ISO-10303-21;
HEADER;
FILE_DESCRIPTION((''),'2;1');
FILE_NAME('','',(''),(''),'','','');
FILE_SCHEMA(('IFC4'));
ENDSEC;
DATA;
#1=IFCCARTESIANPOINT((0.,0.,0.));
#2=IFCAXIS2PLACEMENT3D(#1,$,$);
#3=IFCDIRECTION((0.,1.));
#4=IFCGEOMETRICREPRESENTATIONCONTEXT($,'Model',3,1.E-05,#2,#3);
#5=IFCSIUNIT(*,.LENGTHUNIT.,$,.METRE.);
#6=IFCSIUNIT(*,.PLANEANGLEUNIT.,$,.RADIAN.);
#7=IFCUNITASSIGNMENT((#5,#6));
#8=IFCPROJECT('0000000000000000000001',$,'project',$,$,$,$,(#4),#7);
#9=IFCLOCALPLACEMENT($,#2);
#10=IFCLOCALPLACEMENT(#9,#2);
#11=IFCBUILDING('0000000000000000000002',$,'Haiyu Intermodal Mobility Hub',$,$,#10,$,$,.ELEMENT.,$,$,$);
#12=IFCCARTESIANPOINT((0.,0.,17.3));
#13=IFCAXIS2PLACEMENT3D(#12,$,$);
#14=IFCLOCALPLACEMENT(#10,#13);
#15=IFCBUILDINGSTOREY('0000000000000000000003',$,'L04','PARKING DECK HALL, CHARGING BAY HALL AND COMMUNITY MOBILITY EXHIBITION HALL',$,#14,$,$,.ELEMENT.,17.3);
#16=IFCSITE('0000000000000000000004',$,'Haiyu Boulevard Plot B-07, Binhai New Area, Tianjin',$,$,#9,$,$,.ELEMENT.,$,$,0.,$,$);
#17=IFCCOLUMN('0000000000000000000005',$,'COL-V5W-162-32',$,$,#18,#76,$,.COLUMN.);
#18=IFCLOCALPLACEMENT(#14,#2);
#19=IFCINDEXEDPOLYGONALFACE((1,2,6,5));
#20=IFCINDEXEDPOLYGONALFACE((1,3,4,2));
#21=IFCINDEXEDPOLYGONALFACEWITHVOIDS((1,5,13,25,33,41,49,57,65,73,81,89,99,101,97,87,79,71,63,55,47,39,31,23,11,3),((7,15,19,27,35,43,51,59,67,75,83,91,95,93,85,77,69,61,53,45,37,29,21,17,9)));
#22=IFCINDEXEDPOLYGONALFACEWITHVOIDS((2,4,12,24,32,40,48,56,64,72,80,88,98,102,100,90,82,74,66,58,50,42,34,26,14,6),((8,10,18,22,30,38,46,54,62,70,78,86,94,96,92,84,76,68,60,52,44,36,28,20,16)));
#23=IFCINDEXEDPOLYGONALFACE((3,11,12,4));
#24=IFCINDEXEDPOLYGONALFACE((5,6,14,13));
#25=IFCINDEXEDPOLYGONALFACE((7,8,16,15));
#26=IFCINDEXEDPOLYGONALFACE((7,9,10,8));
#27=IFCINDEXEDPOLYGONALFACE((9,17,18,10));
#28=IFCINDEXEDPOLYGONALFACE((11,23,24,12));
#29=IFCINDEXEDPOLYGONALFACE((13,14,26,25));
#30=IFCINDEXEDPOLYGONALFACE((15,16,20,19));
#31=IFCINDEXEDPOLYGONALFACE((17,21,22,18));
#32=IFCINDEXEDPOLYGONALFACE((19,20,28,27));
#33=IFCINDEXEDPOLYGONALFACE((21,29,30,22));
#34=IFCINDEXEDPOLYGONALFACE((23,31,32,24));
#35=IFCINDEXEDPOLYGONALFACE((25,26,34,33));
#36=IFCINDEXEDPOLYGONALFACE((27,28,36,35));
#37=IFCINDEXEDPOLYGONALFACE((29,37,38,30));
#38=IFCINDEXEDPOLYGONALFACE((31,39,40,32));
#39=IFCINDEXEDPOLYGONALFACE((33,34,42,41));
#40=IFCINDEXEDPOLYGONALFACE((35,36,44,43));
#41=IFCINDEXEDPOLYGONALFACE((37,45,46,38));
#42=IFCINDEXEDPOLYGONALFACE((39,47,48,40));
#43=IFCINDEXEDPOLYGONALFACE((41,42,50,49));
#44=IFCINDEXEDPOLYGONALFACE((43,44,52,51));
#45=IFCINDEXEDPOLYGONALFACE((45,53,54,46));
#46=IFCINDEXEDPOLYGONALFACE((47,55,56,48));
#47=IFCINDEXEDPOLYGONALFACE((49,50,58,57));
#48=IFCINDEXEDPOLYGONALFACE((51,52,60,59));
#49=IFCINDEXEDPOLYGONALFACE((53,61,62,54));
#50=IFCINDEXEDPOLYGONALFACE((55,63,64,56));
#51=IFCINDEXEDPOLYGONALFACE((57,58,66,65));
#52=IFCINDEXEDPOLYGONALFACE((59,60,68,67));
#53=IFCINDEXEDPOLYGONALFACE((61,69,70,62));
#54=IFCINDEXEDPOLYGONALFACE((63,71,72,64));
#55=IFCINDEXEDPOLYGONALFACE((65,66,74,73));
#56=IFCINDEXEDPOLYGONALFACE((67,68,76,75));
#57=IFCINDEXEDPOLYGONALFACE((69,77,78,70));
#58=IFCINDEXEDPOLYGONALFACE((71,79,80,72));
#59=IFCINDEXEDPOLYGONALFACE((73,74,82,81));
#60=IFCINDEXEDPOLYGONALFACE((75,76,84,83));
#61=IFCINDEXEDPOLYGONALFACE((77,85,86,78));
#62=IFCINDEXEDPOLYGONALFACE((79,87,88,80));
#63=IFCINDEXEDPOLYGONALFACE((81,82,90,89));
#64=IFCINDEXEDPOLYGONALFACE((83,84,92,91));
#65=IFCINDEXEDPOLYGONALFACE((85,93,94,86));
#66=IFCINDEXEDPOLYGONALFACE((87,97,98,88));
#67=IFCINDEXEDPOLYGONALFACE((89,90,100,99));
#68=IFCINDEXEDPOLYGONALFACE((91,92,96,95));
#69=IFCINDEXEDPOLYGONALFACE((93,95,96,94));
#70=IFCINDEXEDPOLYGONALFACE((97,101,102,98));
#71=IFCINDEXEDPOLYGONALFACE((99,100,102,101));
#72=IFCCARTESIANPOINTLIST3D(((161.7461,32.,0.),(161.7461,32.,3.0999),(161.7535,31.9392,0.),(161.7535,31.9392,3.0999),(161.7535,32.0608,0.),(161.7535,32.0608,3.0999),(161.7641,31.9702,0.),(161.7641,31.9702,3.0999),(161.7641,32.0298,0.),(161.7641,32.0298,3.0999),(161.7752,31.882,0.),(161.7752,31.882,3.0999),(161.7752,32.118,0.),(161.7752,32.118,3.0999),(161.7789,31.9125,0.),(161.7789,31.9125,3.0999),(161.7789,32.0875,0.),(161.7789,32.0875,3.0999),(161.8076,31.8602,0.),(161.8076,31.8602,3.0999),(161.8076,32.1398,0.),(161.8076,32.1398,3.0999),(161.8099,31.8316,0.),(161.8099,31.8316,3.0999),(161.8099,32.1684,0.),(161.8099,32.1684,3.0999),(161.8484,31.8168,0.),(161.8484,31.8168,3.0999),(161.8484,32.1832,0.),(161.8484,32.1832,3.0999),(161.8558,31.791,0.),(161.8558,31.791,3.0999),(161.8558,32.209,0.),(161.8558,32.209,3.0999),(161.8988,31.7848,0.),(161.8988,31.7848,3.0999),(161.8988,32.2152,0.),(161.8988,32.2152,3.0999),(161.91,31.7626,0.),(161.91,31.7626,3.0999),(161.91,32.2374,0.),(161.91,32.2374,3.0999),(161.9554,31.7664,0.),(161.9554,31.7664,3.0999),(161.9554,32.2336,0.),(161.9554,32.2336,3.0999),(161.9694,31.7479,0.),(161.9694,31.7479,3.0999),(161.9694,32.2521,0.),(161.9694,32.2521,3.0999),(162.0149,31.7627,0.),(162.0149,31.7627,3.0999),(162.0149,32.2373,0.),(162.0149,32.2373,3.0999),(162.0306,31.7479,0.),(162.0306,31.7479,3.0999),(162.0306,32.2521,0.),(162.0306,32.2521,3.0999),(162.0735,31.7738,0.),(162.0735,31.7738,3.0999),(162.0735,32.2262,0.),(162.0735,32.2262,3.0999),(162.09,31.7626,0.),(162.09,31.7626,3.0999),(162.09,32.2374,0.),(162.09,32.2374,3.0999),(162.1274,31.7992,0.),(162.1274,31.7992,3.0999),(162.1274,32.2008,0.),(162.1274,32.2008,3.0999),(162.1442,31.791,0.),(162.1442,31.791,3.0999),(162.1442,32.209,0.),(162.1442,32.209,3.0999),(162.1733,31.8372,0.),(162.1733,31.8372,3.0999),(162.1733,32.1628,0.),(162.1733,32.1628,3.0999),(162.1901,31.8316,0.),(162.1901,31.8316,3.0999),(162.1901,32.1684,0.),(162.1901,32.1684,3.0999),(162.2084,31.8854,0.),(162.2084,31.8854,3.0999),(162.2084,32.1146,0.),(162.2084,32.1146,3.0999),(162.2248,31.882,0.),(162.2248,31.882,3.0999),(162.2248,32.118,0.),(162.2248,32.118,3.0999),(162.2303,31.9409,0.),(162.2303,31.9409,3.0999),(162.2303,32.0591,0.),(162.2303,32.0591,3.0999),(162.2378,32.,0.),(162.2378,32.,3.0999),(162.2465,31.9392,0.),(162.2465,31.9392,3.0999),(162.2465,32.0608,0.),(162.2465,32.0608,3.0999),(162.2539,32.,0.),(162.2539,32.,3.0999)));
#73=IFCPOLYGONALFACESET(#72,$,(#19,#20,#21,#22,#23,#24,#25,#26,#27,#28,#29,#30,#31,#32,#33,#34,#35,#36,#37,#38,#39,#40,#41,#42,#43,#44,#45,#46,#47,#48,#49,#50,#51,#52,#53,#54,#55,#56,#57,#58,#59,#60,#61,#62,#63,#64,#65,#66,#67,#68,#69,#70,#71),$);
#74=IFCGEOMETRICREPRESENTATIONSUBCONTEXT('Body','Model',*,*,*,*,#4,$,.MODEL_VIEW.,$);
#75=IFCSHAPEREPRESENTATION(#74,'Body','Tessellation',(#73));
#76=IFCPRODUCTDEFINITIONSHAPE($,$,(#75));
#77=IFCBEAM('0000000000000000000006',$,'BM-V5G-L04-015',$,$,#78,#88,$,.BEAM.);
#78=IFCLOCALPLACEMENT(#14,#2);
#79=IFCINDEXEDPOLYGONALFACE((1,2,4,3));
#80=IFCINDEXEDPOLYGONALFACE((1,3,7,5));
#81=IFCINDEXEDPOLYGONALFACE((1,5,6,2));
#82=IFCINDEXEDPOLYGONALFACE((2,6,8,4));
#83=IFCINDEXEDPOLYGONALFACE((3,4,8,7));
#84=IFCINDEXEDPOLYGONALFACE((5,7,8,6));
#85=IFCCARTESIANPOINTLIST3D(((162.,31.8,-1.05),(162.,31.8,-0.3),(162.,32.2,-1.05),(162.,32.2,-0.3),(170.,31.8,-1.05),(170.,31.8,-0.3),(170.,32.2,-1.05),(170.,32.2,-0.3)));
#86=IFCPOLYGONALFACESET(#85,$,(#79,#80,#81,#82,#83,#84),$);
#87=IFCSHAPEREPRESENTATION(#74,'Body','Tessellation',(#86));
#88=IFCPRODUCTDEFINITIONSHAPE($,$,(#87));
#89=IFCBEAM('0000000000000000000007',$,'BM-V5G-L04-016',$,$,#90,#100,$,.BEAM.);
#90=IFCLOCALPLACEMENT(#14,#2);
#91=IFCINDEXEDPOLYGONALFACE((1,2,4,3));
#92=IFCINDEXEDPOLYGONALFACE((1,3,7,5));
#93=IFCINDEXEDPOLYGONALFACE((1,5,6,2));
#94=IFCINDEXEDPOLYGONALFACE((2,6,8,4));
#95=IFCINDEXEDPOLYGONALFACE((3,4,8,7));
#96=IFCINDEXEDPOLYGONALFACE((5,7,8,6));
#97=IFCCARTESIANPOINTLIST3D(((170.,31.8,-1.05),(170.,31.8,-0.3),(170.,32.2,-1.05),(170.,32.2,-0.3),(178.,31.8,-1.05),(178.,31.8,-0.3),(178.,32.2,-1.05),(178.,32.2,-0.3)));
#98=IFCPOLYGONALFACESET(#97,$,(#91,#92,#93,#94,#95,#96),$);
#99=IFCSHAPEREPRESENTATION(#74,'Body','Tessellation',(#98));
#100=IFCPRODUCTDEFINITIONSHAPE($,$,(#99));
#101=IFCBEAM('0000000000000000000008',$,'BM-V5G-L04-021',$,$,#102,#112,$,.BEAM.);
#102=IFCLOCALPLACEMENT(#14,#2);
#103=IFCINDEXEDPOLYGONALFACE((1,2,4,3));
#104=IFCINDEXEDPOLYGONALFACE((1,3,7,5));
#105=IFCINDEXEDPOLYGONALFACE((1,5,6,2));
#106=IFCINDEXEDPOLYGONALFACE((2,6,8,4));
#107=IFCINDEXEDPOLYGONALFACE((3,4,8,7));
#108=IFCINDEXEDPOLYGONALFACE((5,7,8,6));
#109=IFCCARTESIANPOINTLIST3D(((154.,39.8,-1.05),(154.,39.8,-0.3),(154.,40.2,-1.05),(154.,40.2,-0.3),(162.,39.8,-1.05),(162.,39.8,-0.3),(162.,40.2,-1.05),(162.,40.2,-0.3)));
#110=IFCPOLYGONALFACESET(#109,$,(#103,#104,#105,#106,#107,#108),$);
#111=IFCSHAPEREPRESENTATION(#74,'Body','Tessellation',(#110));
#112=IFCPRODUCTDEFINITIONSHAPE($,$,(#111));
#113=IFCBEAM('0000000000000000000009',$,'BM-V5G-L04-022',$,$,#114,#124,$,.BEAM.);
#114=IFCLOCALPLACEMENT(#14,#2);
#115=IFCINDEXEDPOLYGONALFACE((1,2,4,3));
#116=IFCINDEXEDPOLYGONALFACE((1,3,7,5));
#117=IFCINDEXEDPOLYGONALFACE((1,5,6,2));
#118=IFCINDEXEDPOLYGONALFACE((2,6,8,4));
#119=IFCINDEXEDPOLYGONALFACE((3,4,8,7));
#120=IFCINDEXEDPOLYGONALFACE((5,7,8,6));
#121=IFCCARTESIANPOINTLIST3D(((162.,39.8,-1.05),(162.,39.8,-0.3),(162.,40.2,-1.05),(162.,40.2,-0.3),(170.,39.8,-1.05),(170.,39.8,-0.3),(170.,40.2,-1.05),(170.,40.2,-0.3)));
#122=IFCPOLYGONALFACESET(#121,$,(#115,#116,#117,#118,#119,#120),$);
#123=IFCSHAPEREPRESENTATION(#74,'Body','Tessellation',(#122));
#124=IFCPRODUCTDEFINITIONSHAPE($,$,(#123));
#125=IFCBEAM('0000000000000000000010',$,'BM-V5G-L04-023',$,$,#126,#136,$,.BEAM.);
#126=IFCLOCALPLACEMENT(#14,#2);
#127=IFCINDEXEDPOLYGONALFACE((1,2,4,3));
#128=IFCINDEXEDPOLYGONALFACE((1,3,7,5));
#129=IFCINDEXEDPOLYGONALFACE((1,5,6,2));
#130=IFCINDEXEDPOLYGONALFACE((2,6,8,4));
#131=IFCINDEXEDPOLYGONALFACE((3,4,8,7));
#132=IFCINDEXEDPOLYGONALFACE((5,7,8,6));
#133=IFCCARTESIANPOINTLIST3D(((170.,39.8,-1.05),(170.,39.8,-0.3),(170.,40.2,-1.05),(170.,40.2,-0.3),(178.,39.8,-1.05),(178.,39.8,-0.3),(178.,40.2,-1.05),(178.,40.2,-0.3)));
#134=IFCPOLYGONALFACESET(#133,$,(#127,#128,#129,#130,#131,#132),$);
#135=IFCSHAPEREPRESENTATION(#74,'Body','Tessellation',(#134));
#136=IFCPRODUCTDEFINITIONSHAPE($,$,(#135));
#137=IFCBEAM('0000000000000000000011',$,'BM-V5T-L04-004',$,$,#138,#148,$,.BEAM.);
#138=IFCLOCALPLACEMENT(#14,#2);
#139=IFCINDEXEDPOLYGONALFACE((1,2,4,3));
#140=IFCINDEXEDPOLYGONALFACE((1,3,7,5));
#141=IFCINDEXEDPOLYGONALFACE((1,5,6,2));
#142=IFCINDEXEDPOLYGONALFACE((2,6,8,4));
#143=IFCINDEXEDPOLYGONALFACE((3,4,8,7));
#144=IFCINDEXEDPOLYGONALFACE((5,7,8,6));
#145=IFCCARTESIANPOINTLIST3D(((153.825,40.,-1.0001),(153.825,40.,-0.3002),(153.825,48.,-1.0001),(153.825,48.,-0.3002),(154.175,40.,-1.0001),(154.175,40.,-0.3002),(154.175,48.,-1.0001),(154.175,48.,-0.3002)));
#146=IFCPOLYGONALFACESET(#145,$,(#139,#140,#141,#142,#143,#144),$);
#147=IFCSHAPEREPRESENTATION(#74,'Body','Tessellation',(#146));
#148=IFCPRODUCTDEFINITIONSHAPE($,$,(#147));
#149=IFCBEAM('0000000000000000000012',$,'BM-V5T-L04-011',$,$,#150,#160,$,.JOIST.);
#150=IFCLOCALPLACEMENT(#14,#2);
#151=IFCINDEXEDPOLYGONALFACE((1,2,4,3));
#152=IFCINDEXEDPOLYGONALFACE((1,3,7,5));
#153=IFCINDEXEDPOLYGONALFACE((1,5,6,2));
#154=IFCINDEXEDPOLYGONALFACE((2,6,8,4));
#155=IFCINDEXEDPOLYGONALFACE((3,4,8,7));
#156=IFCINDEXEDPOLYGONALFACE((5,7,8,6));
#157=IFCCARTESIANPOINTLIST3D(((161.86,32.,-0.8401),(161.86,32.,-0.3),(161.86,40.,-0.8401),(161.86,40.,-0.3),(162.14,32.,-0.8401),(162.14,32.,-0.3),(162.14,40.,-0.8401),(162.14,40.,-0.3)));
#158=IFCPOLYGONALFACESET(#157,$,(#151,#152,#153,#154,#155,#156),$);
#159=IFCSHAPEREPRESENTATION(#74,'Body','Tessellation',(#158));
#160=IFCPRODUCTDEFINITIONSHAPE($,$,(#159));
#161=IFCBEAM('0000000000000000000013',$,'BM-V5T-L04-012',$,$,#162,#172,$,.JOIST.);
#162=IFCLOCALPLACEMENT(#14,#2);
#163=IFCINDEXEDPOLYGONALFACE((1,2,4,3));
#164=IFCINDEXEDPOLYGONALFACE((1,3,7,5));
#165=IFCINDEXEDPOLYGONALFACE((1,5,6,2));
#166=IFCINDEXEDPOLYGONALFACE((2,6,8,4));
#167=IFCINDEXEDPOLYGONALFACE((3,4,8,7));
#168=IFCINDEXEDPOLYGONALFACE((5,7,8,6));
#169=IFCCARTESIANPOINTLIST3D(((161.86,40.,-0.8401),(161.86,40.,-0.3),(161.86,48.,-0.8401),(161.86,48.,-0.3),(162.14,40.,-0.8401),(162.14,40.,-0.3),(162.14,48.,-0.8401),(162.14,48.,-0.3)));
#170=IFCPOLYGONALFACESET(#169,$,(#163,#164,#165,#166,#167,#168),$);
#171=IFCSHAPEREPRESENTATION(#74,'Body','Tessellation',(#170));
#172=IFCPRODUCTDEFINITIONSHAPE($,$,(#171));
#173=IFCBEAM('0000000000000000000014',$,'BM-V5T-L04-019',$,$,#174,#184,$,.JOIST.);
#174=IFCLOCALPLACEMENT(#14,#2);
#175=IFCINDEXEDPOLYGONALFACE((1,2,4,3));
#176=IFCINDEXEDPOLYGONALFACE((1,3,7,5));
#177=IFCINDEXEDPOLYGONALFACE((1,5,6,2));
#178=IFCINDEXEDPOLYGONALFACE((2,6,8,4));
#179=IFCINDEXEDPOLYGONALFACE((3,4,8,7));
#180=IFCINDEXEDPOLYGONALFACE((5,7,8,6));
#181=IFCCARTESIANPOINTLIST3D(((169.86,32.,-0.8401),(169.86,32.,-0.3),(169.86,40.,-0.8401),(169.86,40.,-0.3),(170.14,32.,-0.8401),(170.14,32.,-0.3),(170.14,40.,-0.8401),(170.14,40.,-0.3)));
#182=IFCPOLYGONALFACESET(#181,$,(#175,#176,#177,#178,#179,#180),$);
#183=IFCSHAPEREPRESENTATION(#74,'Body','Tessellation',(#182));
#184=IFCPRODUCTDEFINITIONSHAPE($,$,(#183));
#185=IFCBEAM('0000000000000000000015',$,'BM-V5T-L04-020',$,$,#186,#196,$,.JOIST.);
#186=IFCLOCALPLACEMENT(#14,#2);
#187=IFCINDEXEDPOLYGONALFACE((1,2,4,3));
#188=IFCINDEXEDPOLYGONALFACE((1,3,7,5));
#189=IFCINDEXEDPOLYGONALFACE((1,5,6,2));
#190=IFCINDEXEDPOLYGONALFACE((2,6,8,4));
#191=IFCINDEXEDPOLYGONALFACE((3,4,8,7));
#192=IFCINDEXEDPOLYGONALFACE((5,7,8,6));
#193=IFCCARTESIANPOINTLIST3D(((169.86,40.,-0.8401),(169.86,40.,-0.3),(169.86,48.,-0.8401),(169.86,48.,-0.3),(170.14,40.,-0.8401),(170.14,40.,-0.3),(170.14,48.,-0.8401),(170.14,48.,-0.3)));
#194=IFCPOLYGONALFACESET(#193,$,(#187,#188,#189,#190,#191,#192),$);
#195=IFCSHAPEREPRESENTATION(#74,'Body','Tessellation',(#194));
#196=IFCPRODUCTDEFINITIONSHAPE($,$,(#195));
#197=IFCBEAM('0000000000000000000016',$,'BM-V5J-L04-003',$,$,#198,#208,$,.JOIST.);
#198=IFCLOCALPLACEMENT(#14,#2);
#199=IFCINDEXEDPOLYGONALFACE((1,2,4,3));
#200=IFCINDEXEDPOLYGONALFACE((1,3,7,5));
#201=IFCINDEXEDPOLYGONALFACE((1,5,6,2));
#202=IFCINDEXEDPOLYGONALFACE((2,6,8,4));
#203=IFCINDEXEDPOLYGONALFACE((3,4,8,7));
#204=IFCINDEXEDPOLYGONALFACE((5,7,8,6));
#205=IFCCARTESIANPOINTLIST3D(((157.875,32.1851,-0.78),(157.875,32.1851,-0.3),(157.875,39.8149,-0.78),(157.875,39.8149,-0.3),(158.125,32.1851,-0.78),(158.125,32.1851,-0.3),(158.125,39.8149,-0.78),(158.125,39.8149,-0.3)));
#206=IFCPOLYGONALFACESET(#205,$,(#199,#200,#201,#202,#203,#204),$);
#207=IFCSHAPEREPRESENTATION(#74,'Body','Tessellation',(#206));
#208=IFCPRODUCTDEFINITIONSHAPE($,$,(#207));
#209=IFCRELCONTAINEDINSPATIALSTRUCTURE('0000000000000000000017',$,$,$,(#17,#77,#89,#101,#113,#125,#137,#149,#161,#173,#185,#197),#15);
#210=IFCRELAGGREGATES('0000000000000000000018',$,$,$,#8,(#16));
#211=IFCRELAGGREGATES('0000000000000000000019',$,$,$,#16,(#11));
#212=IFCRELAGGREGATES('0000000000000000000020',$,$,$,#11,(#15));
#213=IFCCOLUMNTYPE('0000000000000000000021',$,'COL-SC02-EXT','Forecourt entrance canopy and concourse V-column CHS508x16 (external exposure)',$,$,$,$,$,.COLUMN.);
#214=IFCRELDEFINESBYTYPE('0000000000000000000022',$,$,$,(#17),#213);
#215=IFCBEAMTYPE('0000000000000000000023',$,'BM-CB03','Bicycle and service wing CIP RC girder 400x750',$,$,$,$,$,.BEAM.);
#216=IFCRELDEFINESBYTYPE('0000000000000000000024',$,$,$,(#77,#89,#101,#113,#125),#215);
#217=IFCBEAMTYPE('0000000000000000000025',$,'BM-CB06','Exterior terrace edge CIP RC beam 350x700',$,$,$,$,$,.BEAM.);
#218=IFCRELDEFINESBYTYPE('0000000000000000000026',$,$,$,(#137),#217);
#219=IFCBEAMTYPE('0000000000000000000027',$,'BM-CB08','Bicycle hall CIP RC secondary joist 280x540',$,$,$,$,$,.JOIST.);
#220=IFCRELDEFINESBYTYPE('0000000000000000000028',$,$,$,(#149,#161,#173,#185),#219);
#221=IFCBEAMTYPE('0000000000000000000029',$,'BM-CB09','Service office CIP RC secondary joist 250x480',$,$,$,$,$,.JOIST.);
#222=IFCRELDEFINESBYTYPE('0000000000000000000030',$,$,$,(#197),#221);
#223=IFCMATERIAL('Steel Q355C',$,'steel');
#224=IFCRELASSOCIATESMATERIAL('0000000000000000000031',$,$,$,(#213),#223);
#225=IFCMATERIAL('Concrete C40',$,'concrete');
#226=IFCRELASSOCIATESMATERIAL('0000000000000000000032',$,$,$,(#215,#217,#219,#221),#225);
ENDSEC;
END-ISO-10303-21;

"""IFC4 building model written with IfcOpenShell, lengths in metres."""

from ifc_helpers import new_model, si_unit, direction, frame, origin, origin_2d, place, context, subcontext, project, spatial, rectangle, hollow_circle, extrude, material, material_profile, profile_set, type_object, element, save


model = new_model("IFC4")

# Units and contexts
model_context = context("Model", 3, precision=1e-05, world=origin(), true_north=direction((0.0, 1.0)))
body_context = subcontext(model_context, "Body", "Model", "MODEL_VIEW")
ifc_project = project(units=[si_unit("LENGTHUNIT", "METRE"), si_unit("PLANEANGLEUNIT", "RADIAN")], contexts=[model_context])

# Site, building, storey
site_placement = place(None, origin())
site = spatial("IfcSite", under=ifc_project, at=site_placement, Name="Haiyu Boulevard Plot B-07, Binhai New Area, Tianjin", CompositionType="ELEMENT", RefElevation=0.0)
building_placement = place(site_placement, origin())
building = spatial("IfcBuilding", under=site, at=building_placement, Name="Haiyu Intermodal Mobility Hub", CompositionType="ELEMENT")
storey_placement = place(building_placement, frame((0.0, 0.0, 17.3)))
storey = spatial("IfcBuildingStorey", under=building, at=storey_placement, Name="L04", Description="PARKING DECK HALL, CHARGING BAY HALL AND COMMUNITY MOBILITY EXHIBITION HALL", CompositionType="ELEMENT", Elevation=17.3)

# Column
ifc_material_1 = material(Name="Steel Q355C", Category="steel")
ifc_material_profile_1 = material_profile(ifc_material_1, hollow_circle(Radius=0.2539, WallThickness=0.0161, at=origin_2d()), Name="CHS508x16")
ifc_profile_set_1 = profile_set([ifc_material_profile_1], Name="Steel Q355C")
column_type = type_object("IfcColumnType", Name="COL-SC02-EXT", Description="Forecourt entrance canopy and concourse V-column CHS508x16 (external exposure)", PredefinedType="COLUMN", material=ifc_profile_set_1)
column_placement = place(storey_placement, frame((162.0, 32.0, 0.0), z_axis=(0.0, 0.0, 1.0), x_axis=(1.0, 0.0, 0.0)))
element("IfcColumn", 1, at=column_placement, inside=storey, type_object=column_type, Name="COL-V5W-162-32", PredefinedType="COLUMN", context=body_context, shape_type="SweptSolid", body=[
    extrude(hollow_circle(Radius=0.2539, WallThickness=0.0161, at=origin_2d()), origin(), (0.0, 0.0, 1.0), 3.0999),
])

# Beams
ifc_material_2 = material(Name="Concrete C40", Category="concrete")
ifc_material_profile_2 = material_profile(ifc_material_2, rectangle(XDim=0.3999, YDim=0.75, at=origin_2d()), Name="RCB400x750")
ifc_profile_set_2 = profile_set([ifc_material_profile_2], Name="Concrete C40")
beam_type_1 = type_object("IfcBeamType", Name="BM-CB03", Description="Bicycle and service wing CIP RC girder 400x750", PredefinedType="BEAM", material=ifc_profile_set_2)
for number, where, z_axis, x_axis, name in (
    (2, (162.0, 32.0, -0.675), (1.0, 0.0, 0.0), (0.0, 1.0, 0.0), "BM-V5G-L04-015"),
    (3, (170.0, 32.0, -0.675), (1.0, 0.0, 0.0), (0.0, 1.0, 0.0), "BM-V5G-L04-016"),
    (4, (154.0, 40.0, -0.675), (1.0, 0.0, 0.0), (0.0, 1.0, 0.0), "BM-V5G-L04-021"),
    (5, (162.0, 40.0, -0.675), (1.0, 0.0, 0.0), (0.0, 1.0, 0.0), "BM-V5G-L04-022"),
    (6, (170.0, 40.0, -0.675), (1.0, 0.0, 0.0), (0.0, 1.0, 0.0), "BM-V5G-L04-023"),
):
    element("IfcBeam", number, at=place(storey_placement, frame(where, z_axis=z_axis, x_axis=x_axis)), inside=storey, type_object=beam_type_1, Name=name, PredefinedType="BEAM", context=body_context, shape_type="SweptSolid", body=[
        extrude(rectangle(XDim=0.3999, YDim=0.75, at=origin_2d()), origin(), (0.0, 0.0, 1.0), 8.0),
    ])
ifc_material_profile_3 = material_profile(ifc_material_2, rectangle(XDim=0.3501, YDim=0.7, at=origin_2d()), Name="RCB350x700")
ifc_profile_set_3 = profile_set([ifc_material_profile_3], Name="Concrete C40")
beam_type_2 = type_object("IfcBeamType", Name="BM-CB06", Description="Exterior terrace edge CIP RC beam 350x700", PredefinedType="BEAM", material=ifc_profile_set_3)
beam_1_placement = place(storey_placement, frame((154.0, 40.0, -0.6501), z_axis=(0.0, 1.0, 0.0), x_axis=(-1.0, 0.0, 0.0)))
element("IfcBeam", 7, at=beam_1_placement, inside=storey, type_object=beam_type_2, Name="BM-V5T-L04-004", PredefinedType="BEAM", context=body_context, shape_type="SweptSolid", body=[
    extrude(rectangle(XDim=0.3501, YDim=0.7, at=origin_2d()), origin(), (0.0, 0.0, 1.0), 8.0),
])
ifc_material_profile_4 = material_profile(ifc_material_2, rectangle(XDim=0.28, YDim=0.54, at=origin_2d()), Name="RCB280x540")
ifc_profile_set_4 = profile_set([ifc_material_profile_4], Name="Concrete C40")
beam_type_3 = type_object("IfcBeamType", Name="BM-CB08", Description="Bicycle hall CIP RC secondary joist 280x540", PredefinedType="JOIST", material=ifc_profile_set_4)
for number, where, z_axis, x_axis, name in (
    (8, (162.0, 32.0, -0.5701), (0.0, 1.0, 0.0), (-1.0, 0.0, 0.0), "BM-V5T-L04-011"),
    (9, (162.0, 40.0, -0.5701), (0.0, 1.0, 0.0), (-1.0, 0.0, 0.0), "BM-V5T-L04-012"),
    (10, (170.0, 32.0, -0.5701), (0.0, 1.0, 0.0), (-1.0, 0.0, 0.0), "BM-V5T-L04-019"),
    (11, (170.0, 40.0, -0.5701), (0.0, 1.0, 0.0), (-1.0, 0.0, 0.0), "BM-V5T-L04-020"),
):
    element("IfcBeam", number, at=place(storey_placement, frame(where, z_axis=z_axis, x_axis=x_axis)), inside=storey, type_object=beam_type_3, Name=name, PredefinedType="JOIST", context=body_context, shape_type="SweptSolid", body=[
        extrude(rectangle(XDim=0.28, YDim=0.54, at=origin_2d()), origin(), (0.0, 0.0, 1.0), 8.0),
    ])
ifc_material_profile_5 = material_profile(ifc_material_2, rectangle(XDim=0.25, YDim=0.48, at=origin_2d()), Name="RCB250x480")
ifc_profile_set_5 = profile_set([ifc_material_profile_5], Name="Concrete C40")
beam_type_4 = type_object("IfcBeamType", Name="BM-CB09", Description="Service office CIP RC secondary joist 250x480", PredefinedType="JOIST", material=ifc_profile_set_5)
beam_2_placement = place(storey_placement, frame((158.0, 32.1851, -0.54), z_axis=(0.0, 1.0, 0.0), x_axis=(-1.0, 0.0, 0.0)))
element("IfcBeam", 12, at=beam_2_placement, inside=storey, type_object=beam_type_4, Name="BM-V5J-L04-003", PredefinedType="JOIST", context=body_context, shape_type="SweptSolid", body=[
    extrude(rectangle(XDim=0.25, YDim=0.48, at=origin_2d()), origin(), (0.0, 0.0, 1.0), 7.6299),
])

save(model, "model.ifc")
